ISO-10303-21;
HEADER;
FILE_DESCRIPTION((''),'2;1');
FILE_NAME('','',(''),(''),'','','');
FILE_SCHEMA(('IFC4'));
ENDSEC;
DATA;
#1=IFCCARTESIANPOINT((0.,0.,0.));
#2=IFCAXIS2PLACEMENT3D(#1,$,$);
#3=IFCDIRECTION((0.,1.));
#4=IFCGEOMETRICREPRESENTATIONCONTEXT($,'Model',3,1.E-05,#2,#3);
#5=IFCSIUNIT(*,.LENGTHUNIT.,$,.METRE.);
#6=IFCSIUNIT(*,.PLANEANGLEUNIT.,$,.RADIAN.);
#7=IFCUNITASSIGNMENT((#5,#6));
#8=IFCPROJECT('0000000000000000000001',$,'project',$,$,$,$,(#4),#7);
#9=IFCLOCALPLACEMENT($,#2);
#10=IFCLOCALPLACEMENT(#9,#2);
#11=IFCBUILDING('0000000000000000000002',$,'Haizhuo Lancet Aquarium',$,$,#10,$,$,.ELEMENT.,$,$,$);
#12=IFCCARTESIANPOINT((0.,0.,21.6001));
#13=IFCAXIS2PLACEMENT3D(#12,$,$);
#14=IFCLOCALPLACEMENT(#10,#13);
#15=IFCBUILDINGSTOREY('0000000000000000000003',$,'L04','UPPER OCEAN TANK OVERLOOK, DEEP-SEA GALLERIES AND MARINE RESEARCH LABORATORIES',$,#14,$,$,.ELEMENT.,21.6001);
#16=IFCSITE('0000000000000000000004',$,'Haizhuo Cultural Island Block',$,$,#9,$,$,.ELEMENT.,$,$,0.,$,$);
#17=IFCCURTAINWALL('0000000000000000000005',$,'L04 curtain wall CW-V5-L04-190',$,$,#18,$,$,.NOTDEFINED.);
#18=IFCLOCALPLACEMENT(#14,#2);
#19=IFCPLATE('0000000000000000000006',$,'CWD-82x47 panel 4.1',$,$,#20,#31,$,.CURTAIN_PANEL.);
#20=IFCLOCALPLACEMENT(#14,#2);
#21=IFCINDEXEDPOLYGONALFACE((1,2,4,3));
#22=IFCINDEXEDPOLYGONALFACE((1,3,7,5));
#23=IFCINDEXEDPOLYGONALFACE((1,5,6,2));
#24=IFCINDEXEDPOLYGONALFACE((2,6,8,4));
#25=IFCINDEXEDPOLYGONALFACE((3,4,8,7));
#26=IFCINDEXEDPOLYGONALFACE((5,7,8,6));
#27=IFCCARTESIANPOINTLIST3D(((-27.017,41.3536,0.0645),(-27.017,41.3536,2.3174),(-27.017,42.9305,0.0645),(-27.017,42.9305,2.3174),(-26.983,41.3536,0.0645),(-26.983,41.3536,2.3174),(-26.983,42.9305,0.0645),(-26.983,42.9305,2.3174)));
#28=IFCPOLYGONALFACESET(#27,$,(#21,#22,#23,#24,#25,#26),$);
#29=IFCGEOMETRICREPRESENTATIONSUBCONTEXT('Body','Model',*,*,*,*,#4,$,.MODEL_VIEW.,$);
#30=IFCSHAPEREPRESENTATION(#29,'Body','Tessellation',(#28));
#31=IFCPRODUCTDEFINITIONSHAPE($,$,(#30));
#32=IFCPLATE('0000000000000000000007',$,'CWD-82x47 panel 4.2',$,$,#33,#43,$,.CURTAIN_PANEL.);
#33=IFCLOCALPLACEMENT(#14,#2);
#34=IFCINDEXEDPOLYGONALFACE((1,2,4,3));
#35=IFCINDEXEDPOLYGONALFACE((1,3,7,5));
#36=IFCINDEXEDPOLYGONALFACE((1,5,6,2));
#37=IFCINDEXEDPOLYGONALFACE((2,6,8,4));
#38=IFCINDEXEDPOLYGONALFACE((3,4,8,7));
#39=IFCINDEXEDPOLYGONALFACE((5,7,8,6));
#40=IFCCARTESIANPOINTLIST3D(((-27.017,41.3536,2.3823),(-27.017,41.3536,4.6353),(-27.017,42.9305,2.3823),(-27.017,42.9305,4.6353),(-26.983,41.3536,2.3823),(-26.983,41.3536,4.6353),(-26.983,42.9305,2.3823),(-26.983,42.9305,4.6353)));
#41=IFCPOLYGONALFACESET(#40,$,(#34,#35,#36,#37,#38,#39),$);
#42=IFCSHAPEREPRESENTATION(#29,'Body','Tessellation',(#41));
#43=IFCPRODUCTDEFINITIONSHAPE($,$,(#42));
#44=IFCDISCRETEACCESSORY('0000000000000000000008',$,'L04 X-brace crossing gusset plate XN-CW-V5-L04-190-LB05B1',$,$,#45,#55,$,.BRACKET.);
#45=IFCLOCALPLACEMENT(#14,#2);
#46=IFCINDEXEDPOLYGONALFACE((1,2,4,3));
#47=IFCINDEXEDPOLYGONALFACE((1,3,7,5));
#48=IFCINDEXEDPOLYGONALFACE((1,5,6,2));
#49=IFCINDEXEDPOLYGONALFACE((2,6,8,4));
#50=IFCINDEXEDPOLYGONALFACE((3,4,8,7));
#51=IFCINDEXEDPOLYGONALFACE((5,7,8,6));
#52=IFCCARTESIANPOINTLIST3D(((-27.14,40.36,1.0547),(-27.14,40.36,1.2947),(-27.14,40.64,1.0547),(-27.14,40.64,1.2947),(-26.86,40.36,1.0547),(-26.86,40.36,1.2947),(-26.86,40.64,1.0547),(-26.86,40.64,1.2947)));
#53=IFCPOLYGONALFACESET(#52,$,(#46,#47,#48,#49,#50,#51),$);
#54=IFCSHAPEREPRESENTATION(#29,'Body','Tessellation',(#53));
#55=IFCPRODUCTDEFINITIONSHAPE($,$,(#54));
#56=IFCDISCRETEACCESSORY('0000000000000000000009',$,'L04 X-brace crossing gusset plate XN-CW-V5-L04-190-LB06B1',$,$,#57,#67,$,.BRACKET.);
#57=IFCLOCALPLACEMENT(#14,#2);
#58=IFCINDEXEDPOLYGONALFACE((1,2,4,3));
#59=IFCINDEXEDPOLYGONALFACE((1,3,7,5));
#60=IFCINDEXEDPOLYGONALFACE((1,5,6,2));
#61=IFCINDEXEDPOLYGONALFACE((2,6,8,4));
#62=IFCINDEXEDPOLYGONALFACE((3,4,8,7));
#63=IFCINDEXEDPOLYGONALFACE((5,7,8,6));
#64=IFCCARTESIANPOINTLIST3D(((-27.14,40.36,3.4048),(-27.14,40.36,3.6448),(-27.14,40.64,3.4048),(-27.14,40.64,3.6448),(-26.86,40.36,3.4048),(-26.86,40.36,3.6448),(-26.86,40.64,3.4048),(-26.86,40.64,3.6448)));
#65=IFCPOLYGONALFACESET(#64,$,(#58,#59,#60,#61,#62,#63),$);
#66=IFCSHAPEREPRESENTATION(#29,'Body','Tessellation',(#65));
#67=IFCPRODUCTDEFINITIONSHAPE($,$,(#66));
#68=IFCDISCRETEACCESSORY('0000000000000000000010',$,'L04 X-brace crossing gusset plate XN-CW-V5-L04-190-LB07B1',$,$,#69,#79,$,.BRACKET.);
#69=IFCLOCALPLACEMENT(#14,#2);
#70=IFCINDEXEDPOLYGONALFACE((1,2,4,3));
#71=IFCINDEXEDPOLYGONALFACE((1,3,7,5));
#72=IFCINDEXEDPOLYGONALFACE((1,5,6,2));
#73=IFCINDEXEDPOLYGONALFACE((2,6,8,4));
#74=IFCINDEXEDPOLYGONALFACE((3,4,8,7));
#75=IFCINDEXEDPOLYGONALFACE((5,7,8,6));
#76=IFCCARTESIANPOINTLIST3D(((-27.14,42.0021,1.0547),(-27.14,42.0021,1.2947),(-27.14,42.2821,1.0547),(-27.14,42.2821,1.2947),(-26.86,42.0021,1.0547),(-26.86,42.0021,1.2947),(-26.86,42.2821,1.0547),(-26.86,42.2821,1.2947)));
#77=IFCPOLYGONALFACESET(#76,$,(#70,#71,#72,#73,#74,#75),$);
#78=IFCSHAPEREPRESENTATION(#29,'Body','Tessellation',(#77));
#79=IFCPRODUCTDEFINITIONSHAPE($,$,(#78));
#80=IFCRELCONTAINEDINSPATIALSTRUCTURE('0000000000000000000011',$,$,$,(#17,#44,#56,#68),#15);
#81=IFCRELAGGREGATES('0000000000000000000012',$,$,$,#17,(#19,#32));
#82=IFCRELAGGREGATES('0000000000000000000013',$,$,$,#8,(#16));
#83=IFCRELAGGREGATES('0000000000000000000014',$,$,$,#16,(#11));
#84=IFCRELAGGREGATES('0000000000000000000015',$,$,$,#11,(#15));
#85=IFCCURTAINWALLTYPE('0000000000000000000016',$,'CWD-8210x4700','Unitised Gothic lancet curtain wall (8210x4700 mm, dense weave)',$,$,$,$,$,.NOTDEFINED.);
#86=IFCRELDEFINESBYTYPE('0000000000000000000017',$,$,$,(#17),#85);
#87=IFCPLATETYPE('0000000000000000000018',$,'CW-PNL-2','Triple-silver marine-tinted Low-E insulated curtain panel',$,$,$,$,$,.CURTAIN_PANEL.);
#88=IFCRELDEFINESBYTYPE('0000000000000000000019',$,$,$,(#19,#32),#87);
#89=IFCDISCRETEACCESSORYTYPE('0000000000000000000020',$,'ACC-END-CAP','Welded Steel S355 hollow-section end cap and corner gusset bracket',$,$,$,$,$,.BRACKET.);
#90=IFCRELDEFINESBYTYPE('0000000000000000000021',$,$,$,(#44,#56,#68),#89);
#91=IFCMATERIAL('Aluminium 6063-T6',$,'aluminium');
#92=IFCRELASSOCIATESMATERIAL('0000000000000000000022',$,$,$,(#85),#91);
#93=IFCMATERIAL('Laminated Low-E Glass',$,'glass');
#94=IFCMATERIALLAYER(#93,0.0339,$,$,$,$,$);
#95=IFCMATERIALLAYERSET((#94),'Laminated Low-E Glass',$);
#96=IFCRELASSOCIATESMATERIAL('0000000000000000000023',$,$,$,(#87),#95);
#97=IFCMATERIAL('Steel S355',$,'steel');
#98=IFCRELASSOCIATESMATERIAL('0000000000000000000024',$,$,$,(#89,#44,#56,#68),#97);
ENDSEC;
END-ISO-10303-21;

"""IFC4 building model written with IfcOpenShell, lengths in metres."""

from ifc_helpers import new_model, si_unit, direction, frame, origin, origin_2d, place, context, subcontext, project, spatial, rectangle, extrude, material, layer, layer_set, type_object, element, aggregate, save


model = new_model("IFC4")

# Units and contexts
model_context = context("Model", 3, precision=1e-05, world=origin(), true_north=direction((0.0, 1.0)))
body_context = subcontext(model_context, "Body", "Model", "MODEL_VIEW")
ifc_project = project(units=[si_unit("LENGTHUNIT", "METRE"), si_unit("PLANEANGLEUNIT", "RADIAN")], contexts=[model_context])

# Site, building, storey
site_placement = place(None, origin())
site = spatial("IfcSite", under=ifc_project, at=site_placement, Name="Haizhuo Cultural Island Block", CompositionType="ELEMENT", RefElevation=0.0)
building_placement = place(site_placement, origin())
building = spatial("IfcBuilding", under=site, at=building_placement, Name="Haizhuo Lancet Aquarium", CompositionType="ELEMENT")
storey_placement = place(building_placement, frame((0.0, 0.0, 21.6001)))
storey = spatial("IfcBuildingStorey", under=building, at=storey_placement, Name="L04", Description="UPPER OCEAN TANK OVERLOOK, DEEP-SEA GALLERIES AND MARINE RESEARCH LABORATORIES", CompositionType="ELEMENT", Elevation=21.6001)

# Curtain wall
ifc_material_1 = material(Name="Aluminium 6063-T6", Category="aluminium")
curtain_wall_type = type_object("IfcCurtainWallType", Name="CWD-8210x4700", Description="Unitised Gothic lancet curtain wall (8210x4700 mm, dense weave)", PredefinedType="NOTDEFINED", material=ifc_material_1)
curtain_wall_placement = place(storey_placement, origin())
curtain_wall = element("IfcCurtainWall", 1, at=curtain_wall_placement, inside=storey, type_object=curtain_wall_type, Name="L04 curtain wall CW-V5-L04-190", PredefinedType="NOTDEFINED")

# Shared definitions
ifc_material_2 = material(Name="Steel S355", Category="steel")

# Plates
ifc_material_3 = material(Name="Laminated Low-E Glass", Category="glass")
ifc_layer = layer(ifc_material_3, 0.0339)
ifc_layer_set = layer_set([ifc_layer], Name="Laminated Low-E Glass")
plate_type = type_object("IfcPlateType", Name="CW-PNL-2", Description="Triple-silver marine-tinted Low-E insulated curtain panel", PredefinedType="CURTAIN_PANEL", material=ifc_layer_set)
plate_1_placement = place(storey_placement, frame((-27.0, 42.1421, 0.0645), z_axis=(0.0, 0.0, 1.0), x_axis=(0.0, 1.0, 0.0)))
plate_1 = element("IfcPlate", 2, at=plate_1_placement, type_object=plate_type, Name="CWD-82x47 panel 4.1", PredefinedType="CURTAIN_PANEL", context=body_context, shape_type="SweptSolid", body=[
    extrude(rectangle(XDim=1.5769, YDim=0.0339, at=origin_2d()), origin(), (0.0, 0.0, 1.0), 2.2529),
])
plate_2_placement = place(storey_placement, frame((-27.0, 42.1421, 2.3823), z_axis=(0.0, 0.0, 1.0), x_axis=(0.0, 1.0, 0.0)))
plate_2 = element("IfcPlate", 3, at=plate_2_placement, type_object=plate_type, Name="CWD-82x47 panel 4.2", PredefinedType="CURTAIN_PANEL", context=body_context, shape_type="SweptSolid", body=[
    extrude(rectangle(XDim=1.5769, YDim=0.0339, at=origin_2d()), origin(), (0.0, 0.0, 1.0), 2.2529),
])
aggregate(curtain_wall, [plate_1, plate_2])

# Discrete accessories
discrete_accessory_type = type_object("IfcDiscreteAccessoryType", Name="ACC-END-CAP", Description="Welded Steel S355 hollow-section end cap and corner gusset bracket", PredefinedType="BRACKET", material=ifc_material_2)
for number, where, z_axis, x_axis, name in (
    (4, (-27.0, 40.5, 1.0547), (0.0, 0.0, 1.0), (1.0, 0.0, 0.0), "L04 X-brace crossing gusset plate XN-CW-V5-L04-190-LB05B1"),
    (5, (-27.0, 40.5, 3.4048), (0.0, 0.0, 1.0), (1.0, 0.0, 0.0), "L04 X-brace crossing gusset plate XN-CW-V5-L04-190-LB06B1"),
    (6, (-27.0, 42.1421, 1.0547), (0.0, 0.0, 1.0), (1.0, 0.0, 0.0), "L04 X-brace crossing gusset plate XN-CW-V5-L04-190-LB07B1"),
):
    element("IfcDiscreteAccessory", number, at=place(storey_placement, frame(where, z_axis=z_axis, x_axis=x_axis)), inside=storey, type_object=discrete_accessory_type, material=ifc_material_2, Name=name, PredefinedType="BRACKET", context=body_context, shape_type="SweptSolid", body=[
        extrude(rectangle(XDim=0.28, YDim=0.28, at=origin_2d()), origin(), (0.0, 0.0, 1.0), 0.24),
    ])

save(model, "model.ifc")
